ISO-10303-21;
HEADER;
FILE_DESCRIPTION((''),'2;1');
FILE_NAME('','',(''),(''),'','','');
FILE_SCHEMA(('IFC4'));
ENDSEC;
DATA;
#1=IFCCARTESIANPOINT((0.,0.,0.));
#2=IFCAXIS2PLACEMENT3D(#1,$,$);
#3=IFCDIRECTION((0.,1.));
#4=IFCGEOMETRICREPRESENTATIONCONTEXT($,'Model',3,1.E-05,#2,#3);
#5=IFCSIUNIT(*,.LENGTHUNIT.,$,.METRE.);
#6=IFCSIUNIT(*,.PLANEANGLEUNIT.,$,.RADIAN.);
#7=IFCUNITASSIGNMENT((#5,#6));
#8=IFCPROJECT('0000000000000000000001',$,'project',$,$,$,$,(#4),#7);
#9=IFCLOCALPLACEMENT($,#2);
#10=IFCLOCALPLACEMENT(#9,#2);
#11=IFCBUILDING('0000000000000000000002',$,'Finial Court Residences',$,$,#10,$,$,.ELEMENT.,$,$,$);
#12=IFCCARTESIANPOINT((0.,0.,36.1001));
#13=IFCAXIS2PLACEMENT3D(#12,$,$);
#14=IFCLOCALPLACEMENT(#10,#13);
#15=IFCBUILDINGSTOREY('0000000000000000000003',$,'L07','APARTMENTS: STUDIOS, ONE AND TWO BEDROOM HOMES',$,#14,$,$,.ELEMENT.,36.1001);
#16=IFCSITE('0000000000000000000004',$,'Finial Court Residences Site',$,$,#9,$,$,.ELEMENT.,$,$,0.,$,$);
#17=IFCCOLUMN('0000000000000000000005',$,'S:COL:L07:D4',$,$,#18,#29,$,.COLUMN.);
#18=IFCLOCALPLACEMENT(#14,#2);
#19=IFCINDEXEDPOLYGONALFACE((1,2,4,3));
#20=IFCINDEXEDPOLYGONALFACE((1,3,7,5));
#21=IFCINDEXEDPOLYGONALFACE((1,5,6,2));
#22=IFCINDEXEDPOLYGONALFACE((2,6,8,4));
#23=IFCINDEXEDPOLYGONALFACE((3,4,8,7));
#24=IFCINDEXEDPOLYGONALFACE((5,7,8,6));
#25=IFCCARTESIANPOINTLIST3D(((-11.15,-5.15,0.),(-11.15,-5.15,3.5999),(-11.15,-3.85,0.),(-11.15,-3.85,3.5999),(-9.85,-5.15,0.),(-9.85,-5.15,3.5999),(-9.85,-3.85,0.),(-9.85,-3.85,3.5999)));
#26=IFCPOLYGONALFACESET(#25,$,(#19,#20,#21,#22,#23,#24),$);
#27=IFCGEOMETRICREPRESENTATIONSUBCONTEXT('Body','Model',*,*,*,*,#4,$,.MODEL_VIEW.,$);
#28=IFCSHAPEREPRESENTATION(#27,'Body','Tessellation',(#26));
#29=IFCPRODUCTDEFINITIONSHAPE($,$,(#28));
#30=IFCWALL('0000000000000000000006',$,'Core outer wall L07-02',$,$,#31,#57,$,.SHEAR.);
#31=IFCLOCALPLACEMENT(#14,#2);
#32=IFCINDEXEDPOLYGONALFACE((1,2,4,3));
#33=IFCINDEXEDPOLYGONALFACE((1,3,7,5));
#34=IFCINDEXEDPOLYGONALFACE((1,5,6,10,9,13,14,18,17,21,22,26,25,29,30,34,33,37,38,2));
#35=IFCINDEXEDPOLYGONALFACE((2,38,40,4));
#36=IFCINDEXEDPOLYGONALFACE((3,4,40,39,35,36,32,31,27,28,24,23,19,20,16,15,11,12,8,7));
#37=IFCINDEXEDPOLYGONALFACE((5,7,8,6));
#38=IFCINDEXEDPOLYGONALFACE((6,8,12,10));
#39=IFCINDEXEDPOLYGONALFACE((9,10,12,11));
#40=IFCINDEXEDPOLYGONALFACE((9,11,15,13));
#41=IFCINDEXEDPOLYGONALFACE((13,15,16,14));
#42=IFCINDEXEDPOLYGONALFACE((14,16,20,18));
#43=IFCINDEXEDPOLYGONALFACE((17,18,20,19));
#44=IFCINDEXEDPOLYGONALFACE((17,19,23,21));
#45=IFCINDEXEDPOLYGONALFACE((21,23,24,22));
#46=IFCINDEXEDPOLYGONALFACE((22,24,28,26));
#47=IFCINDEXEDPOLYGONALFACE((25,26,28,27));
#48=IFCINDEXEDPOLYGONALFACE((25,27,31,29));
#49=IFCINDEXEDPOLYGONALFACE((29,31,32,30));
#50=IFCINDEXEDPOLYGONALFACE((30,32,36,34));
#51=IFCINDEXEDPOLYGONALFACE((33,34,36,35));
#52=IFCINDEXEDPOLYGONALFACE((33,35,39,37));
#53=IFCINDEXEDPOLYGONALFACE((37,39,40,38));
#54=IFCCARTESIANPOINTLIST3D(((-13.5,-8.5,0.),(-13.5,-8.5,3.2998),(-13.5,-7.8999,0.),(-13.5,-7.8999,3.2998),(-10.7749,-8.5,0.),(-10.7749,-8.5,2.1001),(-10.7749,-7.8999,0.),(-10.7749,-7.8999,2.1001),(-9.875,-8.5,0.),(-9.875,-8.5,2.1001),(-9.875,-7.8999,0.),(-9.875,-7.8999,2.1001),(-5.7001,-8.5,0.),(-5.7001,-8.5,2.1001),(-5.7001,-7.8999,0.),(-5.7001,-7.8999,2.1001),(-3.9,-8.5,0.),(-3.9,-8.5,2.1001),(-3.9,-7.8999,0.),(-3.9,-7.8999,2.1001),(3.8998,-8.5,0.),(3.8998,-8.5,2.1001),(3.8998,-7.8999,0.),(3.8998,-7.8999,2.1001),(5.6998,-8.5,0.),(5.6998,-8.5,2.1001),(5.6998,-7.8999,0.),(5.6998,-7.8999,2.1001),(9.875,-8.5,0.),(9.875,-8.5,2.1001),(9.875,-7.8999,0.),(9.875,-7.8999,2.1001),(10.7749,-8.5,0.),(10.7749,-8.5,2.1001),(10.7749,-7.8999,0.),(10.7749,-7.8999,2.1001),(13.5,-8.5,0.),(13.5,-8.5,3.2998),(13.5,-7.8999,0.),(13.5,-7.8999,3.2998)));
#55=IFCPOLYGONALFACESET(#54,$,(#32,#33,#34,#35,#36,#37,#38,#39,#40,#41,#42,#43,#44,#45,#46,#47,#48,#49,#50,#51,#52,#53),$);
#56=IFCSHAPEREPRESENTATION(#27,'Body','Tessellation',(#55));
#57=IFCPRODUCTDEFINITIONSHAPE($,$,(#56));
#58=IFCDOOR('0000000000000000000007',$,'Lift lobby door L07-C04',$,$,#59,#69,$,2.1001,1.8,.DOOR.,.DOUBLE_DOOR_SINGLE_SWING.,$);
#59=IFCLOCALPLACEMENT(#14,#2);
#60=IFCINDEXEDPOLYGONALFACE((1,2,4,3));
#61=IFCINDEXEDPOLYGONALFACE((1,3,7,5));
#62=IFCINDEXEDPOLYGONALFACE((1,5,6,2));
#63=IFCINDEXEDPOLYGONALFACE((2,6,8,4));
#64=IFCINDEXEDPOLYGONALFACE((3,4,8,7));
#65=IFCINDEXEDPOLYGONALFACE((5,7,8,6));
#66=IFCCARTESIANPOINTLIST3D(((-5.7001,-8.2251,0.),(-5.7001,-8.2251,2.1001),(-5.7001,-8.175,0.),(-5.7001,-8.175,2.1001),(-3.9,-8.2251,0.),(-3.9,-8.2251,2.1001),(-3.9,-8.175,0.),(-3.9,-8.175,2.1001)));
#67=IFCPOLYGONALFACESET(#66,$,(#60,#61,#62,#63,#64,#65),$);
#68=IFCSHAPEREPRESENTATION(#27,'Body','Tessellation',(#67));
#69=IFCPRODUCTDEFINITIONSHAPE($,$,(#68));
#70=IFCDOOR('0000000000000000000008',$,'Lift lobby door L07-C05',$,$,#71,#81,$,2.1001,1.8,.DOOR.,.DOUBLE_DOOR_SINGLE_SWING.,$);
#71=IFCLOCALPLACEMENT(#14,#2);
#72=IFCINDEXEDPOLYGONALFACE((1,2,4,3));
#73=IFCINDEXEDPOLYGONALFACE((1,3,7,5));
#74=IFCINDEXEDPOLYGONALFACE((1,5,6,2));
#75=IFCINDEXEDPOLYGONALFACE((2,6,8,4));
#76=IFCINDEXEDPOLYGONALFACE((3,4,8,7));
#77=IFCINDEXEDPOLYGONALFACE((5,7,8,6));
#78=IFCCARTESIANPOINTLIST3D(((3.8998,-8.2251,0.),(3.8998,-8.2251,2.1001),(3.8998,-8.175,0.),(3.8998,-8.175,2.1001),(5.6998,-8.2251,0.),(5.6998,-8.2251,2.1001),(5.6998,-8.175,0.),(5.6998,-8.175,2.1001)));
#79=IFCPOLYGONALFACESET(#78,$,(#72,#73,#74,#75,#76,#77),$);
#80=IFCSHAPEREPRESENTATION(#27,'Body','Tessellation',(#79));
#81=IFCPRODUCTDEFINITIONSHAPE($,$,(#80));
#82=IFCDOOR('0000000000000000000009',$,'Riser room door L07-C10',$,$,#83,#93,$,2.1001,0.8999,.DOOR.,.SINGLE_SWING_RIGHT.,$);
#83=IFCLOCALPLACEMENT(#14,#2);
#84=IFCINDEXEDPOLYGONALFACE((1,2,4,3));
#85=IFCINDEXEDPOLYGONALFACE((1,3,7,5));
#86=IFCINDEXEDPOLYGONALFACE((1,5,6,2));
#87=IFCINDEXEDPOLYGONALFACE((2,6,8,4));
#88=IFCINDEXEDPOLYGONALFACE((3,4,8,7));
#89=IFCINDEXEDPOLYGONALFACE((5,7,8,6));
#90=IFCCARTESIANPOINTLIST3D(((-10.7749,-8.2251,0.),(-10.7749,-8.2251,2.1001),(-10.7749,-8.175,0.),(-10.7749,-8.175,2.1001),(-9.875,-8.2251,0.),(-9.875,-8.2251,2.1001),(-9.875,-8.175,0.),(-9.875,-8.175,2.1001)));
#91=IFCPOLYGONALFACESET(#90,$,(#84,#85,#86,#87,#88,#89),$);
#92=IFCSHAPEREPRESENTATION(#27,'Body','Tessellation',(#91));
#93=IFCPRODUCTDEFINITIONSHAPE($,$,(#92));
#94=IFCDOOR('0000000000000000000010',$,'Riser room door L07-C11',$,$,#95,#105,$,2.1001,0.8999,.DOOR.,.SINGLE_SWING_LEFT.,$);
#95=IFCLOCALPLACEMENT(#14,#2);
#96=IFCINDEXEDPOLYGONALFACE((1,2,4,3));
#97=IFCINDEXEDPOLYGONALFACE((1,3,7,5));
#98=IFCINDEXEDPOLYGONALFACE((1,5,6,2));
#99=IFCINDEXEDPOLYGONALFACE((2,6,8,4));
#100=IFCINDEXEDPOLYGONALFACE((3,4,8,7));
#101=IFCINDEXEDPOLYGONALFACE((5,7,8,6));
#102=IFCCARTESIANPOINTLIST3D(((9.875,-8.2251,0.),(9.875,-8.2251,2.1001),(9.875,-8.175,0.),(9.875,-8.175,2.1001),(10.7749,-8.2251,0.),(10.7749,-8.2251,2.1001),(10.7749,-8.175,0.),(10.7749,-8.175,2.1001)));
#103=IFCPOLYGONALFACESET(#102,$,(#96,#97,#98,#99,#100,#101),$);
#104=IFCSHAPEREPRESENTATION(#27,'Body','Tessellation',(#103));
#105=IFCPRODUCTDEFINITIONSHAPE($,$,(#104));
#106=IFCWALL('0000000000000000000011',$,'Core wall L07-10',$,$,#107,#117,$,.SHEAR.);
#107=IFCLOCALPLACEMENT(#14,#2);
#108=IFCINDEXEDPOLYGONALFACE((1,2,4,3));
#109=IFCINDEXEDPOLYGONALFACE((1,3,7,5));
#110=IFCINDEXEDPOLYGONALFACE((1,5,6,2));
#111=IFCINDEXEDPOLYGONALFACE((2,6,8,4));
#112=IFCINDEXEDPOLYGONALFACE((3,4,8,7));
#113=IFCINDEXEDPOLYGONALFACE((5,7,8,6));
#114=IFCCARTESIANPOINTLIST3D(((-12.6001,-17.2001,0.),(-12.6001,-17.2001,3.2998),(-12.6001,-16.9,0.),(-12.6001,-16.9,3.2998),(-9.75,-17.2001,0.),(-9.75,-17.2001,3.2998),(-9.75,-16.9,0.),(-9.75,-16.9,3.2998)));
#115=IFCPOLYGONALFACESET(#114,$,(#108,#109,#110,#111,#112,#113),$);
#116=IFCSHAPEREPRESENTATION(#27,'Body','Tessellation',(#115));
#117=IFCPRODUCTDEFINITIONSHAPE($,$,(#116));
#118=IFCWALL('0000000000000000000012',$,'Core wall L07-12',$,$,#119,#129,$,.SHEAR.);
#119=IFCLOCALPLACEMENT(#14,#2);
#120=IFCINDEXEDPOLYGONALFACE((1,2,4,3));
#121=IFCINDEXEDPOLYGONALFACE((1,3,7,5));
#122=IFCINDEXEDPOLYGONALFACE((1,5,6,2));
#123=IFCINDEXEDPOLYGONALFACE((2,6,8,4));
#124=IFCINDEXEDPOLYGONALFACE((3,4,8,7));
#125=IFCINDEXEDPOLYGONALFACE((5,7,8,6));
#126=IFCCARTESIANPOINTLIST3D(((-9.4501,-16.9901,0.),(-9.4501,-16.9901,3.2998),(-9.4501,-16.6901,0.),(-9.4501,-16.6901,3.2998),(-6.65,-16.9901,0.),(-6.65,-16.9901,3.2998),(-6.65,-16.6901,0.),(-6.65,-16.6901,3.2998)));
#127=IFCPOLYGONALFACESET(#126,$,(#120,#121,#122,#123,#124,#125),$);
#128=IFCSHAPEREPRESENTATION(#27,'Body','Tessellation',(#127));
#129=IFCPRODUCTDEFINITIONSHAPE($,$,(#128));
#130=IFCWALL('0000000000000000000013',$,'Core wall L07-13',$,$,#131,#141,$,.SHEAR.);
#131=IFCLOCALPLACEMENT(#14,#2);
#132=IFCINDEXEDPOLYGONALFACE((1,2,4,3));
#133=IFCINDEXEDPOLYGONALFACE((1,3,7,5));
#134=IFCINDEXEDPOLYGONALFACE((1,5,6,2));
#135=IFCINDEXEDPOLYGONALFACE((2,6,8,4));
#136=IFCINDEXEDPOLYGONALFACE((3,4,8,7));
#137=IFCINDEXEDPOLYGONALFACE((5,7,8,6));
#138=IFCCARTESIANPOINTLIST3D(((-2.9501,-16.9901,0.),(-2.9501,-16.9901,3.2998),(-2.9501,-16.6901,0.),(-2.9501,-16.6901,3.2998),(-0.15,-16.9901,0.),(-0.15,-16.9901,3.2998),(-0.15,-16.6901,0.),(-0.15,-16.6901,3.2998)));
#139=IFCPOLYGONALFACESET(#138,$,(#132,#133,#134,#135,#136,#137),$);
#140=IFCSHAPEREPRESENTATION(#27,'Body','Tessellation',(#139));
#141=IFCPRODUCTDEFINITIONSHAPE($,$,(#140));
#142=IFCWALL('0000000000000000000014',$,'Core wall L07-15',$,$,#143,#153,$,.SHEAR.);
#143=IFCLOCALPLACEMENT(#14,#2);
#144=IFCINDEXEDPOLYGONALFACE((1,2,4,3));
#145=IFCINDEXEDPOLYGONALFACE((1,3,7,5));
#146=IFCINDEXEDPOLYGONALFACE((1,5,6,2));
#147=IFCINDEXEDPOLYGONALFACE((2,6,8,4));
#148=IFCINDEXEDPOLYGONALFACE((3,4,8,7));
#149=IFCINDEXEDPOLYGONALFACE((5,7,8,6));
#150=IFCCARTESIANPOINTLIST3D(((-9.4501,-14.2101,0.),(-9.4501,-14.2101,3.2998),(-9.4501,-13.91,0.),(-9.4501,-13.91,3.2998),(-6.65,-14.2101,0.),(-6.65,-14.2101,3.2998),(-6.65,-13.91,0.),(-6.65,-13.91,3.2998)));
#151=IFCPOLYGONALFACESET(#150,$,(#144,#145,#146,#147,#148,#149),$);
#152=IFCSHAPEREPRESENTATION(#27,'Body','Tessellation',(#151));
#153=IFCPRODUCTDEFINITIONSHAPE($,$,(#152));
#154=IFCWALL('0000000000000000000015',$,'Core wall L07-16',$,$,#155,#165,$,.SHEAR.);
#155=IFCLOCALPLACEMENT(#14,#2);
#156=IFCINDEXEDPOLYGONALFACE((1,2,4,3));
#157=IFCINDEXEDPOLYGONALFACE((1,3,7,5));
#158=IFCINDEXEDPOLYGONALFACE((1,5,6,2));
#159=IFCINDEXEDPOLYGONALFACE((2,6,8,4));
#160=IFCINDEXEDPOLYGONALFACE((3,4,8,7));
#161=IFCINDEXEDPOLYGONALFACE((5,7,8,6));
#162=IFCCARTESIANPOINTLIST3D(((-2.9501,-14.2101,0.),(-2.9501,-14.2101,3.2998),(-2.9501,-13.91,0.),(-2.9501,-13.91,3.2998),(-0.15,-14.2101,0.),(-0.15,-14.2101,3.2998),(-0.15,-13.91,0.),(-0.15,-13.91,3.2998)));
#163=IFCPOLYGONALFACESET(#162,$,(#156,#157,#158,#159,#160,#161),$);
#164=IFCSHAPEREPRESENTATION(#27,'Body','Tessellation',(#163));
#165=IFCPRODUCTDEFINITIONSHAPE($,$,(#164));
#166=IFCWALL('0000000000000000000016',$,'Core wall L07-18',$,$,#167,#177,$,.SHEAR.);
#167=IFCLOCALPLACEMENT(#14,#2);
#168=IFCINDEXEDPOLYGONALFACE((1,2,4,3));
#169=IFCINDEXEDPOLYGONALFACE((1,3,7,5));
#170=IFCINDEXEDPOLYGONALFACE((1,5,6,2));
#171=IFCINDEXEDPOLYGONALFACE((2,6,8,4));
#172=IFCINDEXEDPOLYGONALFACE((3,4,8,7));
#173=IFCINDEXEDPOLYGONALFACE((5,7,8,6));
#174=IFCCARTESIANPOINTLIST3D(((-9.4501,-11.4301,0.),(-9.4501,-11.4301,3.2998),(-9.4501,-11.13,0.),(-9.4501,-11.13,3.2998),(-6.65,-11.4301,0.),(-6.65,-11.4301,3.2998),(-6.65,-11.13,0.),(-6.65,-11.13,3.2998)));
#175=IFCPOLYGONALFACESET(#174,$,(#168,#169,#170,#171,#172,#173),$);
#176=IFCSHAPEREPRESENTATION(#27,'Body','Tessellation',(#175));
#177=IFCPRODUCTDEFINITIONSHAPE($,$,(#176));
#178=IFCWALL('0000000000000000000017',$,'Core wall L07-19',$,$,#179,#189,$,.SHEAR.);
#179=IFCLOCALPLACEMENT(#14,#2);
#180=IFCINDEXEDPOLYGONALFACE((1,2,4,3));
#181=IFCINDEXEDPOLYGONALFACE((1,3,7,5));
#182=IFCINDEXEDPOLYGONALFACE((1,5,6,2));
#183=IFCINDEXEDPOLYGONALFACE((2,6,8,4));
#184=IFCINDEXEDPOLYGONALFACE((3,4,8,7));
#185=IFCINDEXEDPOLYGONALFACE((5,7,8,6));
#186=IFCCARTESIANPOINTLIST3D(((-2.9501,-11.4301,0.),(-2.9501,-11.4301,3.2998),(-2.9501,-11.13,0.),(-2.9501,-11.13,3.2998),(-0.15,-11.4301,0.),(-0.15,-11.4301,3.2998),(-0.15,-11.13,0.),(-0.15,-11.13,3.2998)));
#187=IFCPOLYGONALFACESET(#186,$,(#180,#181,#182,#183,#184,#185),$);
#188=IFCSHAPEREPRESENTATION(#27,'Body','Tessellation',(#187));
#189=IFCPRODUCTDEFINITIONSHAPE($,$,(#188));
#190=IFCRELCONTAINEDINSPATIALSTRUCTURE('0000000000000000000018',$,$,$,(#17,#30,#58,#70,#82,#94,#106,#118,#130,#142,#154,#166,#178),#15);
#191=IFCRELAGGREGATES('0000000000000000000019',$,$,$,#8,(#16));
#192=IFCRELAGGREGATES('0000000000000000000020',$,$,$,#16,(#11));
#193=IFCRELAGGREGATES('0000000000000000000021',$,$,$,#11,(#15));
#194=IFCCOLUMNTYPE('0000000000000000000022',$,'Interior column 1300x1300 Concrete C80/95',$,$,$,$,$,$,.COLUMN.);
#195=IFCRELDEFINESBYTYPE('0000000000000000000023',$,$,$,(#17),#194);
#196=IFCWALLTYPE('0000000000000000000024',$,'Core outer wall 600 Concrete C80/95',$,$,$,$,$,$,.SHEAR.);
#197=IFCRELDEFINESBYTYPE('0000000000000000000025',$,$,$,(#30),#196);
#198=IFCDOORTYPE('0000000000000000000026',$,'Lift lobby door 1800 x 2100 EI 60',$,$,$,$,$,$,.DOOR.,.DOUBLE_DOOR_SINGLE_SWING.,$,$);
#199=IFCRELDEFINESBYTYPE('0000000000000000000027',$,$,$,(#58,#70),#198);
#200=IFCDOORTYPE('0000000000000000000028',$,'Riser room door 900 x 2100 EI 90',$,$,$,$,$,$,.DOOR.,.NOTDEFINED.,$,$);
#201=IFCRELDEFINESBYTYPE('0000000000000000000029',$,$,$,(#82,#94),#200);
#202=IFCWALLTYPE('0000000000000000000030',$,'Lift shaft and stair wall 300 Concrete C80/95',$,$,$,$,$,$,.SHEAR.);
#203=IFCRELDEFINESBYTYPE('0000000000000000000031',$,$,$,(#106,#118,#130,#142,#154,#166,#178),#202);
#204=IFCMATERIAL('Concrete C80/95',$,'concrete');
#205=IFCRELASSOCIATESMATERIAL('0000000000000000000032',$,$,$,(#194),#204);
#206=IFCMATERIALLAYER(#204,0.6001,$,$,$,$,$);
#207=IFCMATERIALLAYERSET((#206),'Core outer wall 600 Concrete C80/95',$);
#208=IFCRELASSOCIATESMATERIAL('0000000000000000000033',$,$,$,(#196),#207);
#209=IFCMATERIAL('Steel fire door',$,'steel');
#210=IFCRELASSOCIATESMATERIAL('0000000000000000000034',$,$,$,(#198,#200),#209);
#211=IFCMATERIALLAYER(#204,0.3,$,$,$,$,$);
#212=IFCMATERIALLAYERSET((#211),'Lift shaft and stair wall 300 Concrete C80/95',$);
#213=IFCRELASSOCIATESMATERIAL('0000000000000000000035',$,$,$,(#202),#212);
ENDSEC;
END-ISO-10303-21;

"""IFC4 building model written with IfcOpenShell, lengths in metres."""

from ifc_helpers import new_model, si_unit, direction, frame, frame_2d, origin, origin_2d, place, context, subcontext, project, spatial, rectangle, extrude, material, layer, layer_set, material_profile, profile_set, type_object, element, fill, save


model = new_model("IFC4")

# Units and contexts
model_context = context("Model", 3, precision=1e-05, world=origin(), true_north=direction((0.0, 1.0)))
body_context = subcontext(model_context, "Body", "Model", "MODEL_VIEW")
ifc_project = project(units=[si_unit("LENGTHUNIT", "METRE"), si_unit("PLANEANGLEUNIT", "RADIAN")], contexts=[model_context])

# Site, building, storey
site_placement = place(None, origin())
site = spatial("IfcSite", under=ifc_project, at=site_placement, Name="Finial Court Residences Site", CompositionType="ELEMENT", RefElevation=0.0)
building_placement = place(site_placement, origin())
building = spatial("IfcBuilding", under=site, at=building_placement, Name="Finial Court Residences", CompositionType="ELEMENT")
storey_placement = place(building_placement, frame((0.0, 0.0, 36.1001)))
storey = spatial("IfcBuildingStorey", under=building, at=storey_placement, Name="L07", Description="APARTMENTS: STUDIOS, ONE AND TWO BEDROOM HOMES", CompositionType="ELEMENT", Elevation=36.1001)

# Column
ifc_material_1 = material(Name="Concrete C80/95", Category="concrete")
ifc_material_profile = material_profile(ifc_material_1, rectangle(XDim=1.3, YDim=1.3, at=origin_2d()), Name="1300x1300")
ifc_profile_set = profile_set([ifc_material_profile], Name="Concrete C80/95")
column_type = type_object("IfcColumnType", Name="Interior column 1300x1300 Concrete C80/95", PredefinedType="COLUMN", material=ifc_profile_set)
column_placement = place(storey_placement, frame((-10.5, -4.5, 0.0), z_axis=(0.0, 0.0, 1.0), x_axis=(1.0, 0.0, 0.0)))
element("IfcColumn", 1, at=column_placement, inside=storey, type_object=column_type, Name="S:COL:L07:D4", PredefinedType="COLUMN", context=body_context, shape_type="SweptSolid", body=[
    extrude(rectangle(XDim=1.3, YDim=1.3, at=origin_2d()), origin(), (0.0, 0.0, 1.0), 3.5999),
])

# Wall, openings, doors
ifc_layer_1 = layer(ifc_material_1, 0.6001)
ifc_layer_set_1 = layer_set([ifc_layer_1], Name="Core outer wall 600 Concrete C80/95")
wall_type_1 = type_object("IfcWallType", Name="Core outer wall 600 Concrete C80/95", PredefinedType="SHEAR", material=ifc_layer_set_1)
wall_1_placement = place(storey_placement, frame((-13.5, -8.2, 0.0), z_axis=(0.0, 0.0, 1.0), x_axis=(1.0, 0.0, 0.0)))
wall_1 = element("IfcWall", 2, at=wall_1_placement, inside=storey, type_object=wall_type_1, Name="Core outer wall L07-02", PredefinedType="SHEAR", context=body_context, shape_type="SweptSolid", body=[
    extrude(rectangle(XDim=27.0, YDim=0.6001, at=frame_2d((13.5, 0.0))), origin(), (0.0, 0.0, 1.0), 3.2998),
])
opening_1_placement = place(wall_1_placement, frame((7.8, 0.0, 0.0)))
opening_1 = element("IfcOpeningElement", 3, at=opening_1_placement, cuts=wall_1, PredefinedType="OPENING", context=body_context, shape_type="SweptSolid", body=[
    extrude(rectangle(XDim=1.8, YDim=2.1001, at=frame_2d((0.8999, 1.05))), frame((0.0, 0.3101, 0.0), z_axis=(0.0, -1.0, 0.0), x_axis=(1.0, 0.0, 0.0)), (0.0, 0.0, 1.0), 0.6201),
])
opening_2_placement = place(wall_1_placement, frame((17.3999, 0.0, 0.0)))
opening_2 = element("IfcOpeningElement", 4, at=opening_2_placement, cuts=wall_1, PredefinedType="OPENING", context=body_context, shape_type="SweptSolid", body=[
    extrude(rectangle(XDim=1.8, YDim=2.1001, at=frame_2d((0.8999, 1.05))), frame((0.0, 0.3101, 0.0), z_axis=(0.0, -1.0, 0.0), x_axis=(1.0, 0.0, 0.0)), (0.0, 0.0, 1.0), 0.6201),
])
opening_3_placement = place(wall_1_placement, frame((2.7251, 0.0, 0.0)))
opening_3 = element("IfcOpeningElement", 5, at=opening_3_placement, cuts=wall_1, PredefinedType="OPENING", context=body_context, shape_type="SweptSolid", body=[
    extrude(rectangle(XDim=0.8999, YDim=2.1001, at=frame_2d((0.45, 1.05))), frame((0.0, 0.3101, 0.0), z_axis=(0.0, -1.0, 0.0), x_axis=(1.0, 0.0, 0.0)), (0.0, 0.0, 1.0), 0.6201),
])
opening_4_placement = place(wall_1_placement, frame((23.375, 0.0, 0.0)))
opening_4 = element("IfcOpeningElement", 6, at=opening_4_placement, cuts=wall_1, PredefinedType="OPENING", context=body_context, shape_type="SweptSolid", body=[
    extrude(rectangle(XDim=0.8999, YDim=2.1001, at=frame_2d((0.45, 1.05))), frame((0.0, 0.3101, 0.0), z_axis=(0.0, -1.0, 0.0), x_axis=(1.0, 0.0, 0.0)), (0.0, 0.0, 1.0), 0.6201),
])
ifc_material_2 = material(Name="Steel fire door", Category="steel")
door_type_1 = type_object("IfcDoorType", Name="Lift lobby door 1800 x 2100 EI 60", OperationType="DOUBLE_DOOR_SINGLE_SWING", PredefinedType="DOOR", material=ifc_material_2)
door_1_placement = place(opening_1_placement, origin())
door_1 = element("IfcDoor", 7, at=door_1_placement, inside=storey, type_object=door_type_1, Name="Lift lobby door L07-C04", OperationType="DOUBLE_DOOR_SINGLE_SWING", OverallHeight=2.1001, OverallWidth=1.8, PredefinedType="DOOR", context=body_context, shape_type="SweptSolid", body=[
    extrude(rectangle(XDim=1.8, YDim=2.1001, at=frame_2d((0.8999, 1.05))), frame((0.0, 0.0249, 0.0), z_axis=(0.0, -1.0, 0.0), x_axis=(1.0, 0.0, 0.0)), (0.0, 0.0, 1.0), 0.05),
])
fill(opening_1, door_1)
door_2_placement = place(opening_2_placement, origin())
door_2 = element("IfcDoor", 8, at=door_2_placement, inside=storey, type_object=door_type_1, Name="Lift lobby door L07-C05", OperationType="DOUBLE_DOOR_SINGLE_SWING", OverallHeight=2.1001, OverallWidth=1.8, PredefinedType="DOOR", context=body_context, shape_type="SweptSolid", body=[
    extrude(rectangle(XDim=1.8, YDim=2.1001, at=frame_2d((0.8999, 1.05))), frame((0.0, 0.0249, 0.0), z_axis=(0.0, -1.0, 0.0), x_axis=(1.0, 0.0, 0.0)), (0.0, 0.0, 1.0), 0.05),
])
fill(opening_2, door_2)
door_type_2 = type_object("IfcDoorType", Name="Riser room door 900 x 2100 EI 90", OperationType="NOTDEFINED", PredefinedType="DOOR", material=ifc_material_2)
door_3_placement = place(opening_3_placement, origin())
door_3 = element("IfcDoor", 9, at=door_3_placement, inside=storey, type_object=door_type_2, Name="Riser room door L07-C10", OperationType="SINGLE_SWING_RIGHT", OverallHeight=2.1001, OverallWidth=0.8999, PredefinedType="DOOR", context=body_context, shape_type="SweptSolid", body=[
    extrude(rectangle(XDim=0.8999, YDim=2.1001, at=frame_2d((0.45, 1.05))), frame((0.0, 0.0249, 0.0), z_axis=(0.0, -1.0, 0.0), x_axis=(1.0, 0.0, 0.0)), (0.0, 0.0, 1.0), 0.05),
])
fill(opening_3, door_3)
door_4_placement = place(opening_4_placement, origin())
door_4 = element("IfcDoor", 10, at=door_4_placement, inside=storey, type_object=door_type_2, Name="Riser room door L07-C11", OperationType="SINGLE_SWING_LEFT", OverallHeight=2.1001, OverallWidth=0.8999, PredefinedType="DOOR", context=body_context, shape_type="SweptSolid", body=[
    extrude(rectangle(XDim=0.8999, YDim=2.1001, at=frame_2d((0.45, 1.05))), frame((0.0, 0.0249, 0.0), z_axis=(0.0, -1.0, 0.0), x_axis=(1.0, 0.0, 0.0)), (0.0, 0.0, 1.0), 0.05),
])
fill(opening_4, door_4)

# Walls
ifc_layer_2 = layer(ifc_material_1, 0.3)
ifc_layer_set_2 = layer_set([ifc_layer_2], Name="Lift shaft and stair wall 300 Concrete C80/95")
wall_type_2 = type_object("IfcWallType", Name="Lift shaft and stair wall 300 Concrete C80/95", PredefinedType="SHEAR", material=ifc_layer_set_2)
wall_2_placement = place(storey_placement, frame((-12.6001, -17.05, 0.0), z_axis=(0.0, 0.0, 1.0), x_axis=(1.0, 0.0, 0.0)))
element("IfcWall", 11, at=wall_2_placement, inside=storey, type_object=wall_type_2, Name="Core wall L07-10", PredefinedType="SHEAR", context=body_context, shape_type="SweptSolid", body=[
    extrude(rectangle(XDim=2.8501, YDim=0.3, at=frame_2d((1.425, 0.0))), origin(), (0.0, 0.0, 1.0), 3.2998),
])
for number, where, z_axis, x_axis, name in (
    (12, (-9.45, -16.8401, 0.0), (0.0, 0.0, 1.0), (1.0, 0.0, 0.0), "Core wall L07-12"),
    (13, (-2.95, -16.8401, 0.0), (0.0, 0.0, 1.0), (1.0, 0.0, 0.0), "Core wall L07-13"),
    (14, (-9.45, -14.0601, 0.0), (0.0, 0.0, 1.0), (1.0, 0.0, 0.0), "Core wall L07-15"),
    (15, (-2.95, -14.0601, 0.0), (0.0, 0.0, 1.0), (1.0, 0.0, 0.0), "Core wall L07-16"),
    (16, (-9.45, -11.28, 0.0), (0.0, 0.0, 1.0), (1.0, 0.0, 0.0), "Core wall L07-18"),
    (17, (-2.95, -11.28, 0.0), (0.0, 0.0, 1.0), (1.0, 0.0, 0.0), "Core wall L07-19"),
):
    element("IfcWall", number, at=place(storey_placement, frame(where, z_axis=z_axis, x_axis=x_axis)), inside=storey, type_object=wall_type_2, Name=name, PredefinedType="SHEAR", context=body_context, shape_type="SweptSolid", body=[
        extrude(rectangle(XDim=2.8, YDim=0.3, at=frame_2d((1.3999, 0.0))), origin(), (0.0, 0.0, 1.0), 3.2998),
    ])

save(model, "model.ifc")
